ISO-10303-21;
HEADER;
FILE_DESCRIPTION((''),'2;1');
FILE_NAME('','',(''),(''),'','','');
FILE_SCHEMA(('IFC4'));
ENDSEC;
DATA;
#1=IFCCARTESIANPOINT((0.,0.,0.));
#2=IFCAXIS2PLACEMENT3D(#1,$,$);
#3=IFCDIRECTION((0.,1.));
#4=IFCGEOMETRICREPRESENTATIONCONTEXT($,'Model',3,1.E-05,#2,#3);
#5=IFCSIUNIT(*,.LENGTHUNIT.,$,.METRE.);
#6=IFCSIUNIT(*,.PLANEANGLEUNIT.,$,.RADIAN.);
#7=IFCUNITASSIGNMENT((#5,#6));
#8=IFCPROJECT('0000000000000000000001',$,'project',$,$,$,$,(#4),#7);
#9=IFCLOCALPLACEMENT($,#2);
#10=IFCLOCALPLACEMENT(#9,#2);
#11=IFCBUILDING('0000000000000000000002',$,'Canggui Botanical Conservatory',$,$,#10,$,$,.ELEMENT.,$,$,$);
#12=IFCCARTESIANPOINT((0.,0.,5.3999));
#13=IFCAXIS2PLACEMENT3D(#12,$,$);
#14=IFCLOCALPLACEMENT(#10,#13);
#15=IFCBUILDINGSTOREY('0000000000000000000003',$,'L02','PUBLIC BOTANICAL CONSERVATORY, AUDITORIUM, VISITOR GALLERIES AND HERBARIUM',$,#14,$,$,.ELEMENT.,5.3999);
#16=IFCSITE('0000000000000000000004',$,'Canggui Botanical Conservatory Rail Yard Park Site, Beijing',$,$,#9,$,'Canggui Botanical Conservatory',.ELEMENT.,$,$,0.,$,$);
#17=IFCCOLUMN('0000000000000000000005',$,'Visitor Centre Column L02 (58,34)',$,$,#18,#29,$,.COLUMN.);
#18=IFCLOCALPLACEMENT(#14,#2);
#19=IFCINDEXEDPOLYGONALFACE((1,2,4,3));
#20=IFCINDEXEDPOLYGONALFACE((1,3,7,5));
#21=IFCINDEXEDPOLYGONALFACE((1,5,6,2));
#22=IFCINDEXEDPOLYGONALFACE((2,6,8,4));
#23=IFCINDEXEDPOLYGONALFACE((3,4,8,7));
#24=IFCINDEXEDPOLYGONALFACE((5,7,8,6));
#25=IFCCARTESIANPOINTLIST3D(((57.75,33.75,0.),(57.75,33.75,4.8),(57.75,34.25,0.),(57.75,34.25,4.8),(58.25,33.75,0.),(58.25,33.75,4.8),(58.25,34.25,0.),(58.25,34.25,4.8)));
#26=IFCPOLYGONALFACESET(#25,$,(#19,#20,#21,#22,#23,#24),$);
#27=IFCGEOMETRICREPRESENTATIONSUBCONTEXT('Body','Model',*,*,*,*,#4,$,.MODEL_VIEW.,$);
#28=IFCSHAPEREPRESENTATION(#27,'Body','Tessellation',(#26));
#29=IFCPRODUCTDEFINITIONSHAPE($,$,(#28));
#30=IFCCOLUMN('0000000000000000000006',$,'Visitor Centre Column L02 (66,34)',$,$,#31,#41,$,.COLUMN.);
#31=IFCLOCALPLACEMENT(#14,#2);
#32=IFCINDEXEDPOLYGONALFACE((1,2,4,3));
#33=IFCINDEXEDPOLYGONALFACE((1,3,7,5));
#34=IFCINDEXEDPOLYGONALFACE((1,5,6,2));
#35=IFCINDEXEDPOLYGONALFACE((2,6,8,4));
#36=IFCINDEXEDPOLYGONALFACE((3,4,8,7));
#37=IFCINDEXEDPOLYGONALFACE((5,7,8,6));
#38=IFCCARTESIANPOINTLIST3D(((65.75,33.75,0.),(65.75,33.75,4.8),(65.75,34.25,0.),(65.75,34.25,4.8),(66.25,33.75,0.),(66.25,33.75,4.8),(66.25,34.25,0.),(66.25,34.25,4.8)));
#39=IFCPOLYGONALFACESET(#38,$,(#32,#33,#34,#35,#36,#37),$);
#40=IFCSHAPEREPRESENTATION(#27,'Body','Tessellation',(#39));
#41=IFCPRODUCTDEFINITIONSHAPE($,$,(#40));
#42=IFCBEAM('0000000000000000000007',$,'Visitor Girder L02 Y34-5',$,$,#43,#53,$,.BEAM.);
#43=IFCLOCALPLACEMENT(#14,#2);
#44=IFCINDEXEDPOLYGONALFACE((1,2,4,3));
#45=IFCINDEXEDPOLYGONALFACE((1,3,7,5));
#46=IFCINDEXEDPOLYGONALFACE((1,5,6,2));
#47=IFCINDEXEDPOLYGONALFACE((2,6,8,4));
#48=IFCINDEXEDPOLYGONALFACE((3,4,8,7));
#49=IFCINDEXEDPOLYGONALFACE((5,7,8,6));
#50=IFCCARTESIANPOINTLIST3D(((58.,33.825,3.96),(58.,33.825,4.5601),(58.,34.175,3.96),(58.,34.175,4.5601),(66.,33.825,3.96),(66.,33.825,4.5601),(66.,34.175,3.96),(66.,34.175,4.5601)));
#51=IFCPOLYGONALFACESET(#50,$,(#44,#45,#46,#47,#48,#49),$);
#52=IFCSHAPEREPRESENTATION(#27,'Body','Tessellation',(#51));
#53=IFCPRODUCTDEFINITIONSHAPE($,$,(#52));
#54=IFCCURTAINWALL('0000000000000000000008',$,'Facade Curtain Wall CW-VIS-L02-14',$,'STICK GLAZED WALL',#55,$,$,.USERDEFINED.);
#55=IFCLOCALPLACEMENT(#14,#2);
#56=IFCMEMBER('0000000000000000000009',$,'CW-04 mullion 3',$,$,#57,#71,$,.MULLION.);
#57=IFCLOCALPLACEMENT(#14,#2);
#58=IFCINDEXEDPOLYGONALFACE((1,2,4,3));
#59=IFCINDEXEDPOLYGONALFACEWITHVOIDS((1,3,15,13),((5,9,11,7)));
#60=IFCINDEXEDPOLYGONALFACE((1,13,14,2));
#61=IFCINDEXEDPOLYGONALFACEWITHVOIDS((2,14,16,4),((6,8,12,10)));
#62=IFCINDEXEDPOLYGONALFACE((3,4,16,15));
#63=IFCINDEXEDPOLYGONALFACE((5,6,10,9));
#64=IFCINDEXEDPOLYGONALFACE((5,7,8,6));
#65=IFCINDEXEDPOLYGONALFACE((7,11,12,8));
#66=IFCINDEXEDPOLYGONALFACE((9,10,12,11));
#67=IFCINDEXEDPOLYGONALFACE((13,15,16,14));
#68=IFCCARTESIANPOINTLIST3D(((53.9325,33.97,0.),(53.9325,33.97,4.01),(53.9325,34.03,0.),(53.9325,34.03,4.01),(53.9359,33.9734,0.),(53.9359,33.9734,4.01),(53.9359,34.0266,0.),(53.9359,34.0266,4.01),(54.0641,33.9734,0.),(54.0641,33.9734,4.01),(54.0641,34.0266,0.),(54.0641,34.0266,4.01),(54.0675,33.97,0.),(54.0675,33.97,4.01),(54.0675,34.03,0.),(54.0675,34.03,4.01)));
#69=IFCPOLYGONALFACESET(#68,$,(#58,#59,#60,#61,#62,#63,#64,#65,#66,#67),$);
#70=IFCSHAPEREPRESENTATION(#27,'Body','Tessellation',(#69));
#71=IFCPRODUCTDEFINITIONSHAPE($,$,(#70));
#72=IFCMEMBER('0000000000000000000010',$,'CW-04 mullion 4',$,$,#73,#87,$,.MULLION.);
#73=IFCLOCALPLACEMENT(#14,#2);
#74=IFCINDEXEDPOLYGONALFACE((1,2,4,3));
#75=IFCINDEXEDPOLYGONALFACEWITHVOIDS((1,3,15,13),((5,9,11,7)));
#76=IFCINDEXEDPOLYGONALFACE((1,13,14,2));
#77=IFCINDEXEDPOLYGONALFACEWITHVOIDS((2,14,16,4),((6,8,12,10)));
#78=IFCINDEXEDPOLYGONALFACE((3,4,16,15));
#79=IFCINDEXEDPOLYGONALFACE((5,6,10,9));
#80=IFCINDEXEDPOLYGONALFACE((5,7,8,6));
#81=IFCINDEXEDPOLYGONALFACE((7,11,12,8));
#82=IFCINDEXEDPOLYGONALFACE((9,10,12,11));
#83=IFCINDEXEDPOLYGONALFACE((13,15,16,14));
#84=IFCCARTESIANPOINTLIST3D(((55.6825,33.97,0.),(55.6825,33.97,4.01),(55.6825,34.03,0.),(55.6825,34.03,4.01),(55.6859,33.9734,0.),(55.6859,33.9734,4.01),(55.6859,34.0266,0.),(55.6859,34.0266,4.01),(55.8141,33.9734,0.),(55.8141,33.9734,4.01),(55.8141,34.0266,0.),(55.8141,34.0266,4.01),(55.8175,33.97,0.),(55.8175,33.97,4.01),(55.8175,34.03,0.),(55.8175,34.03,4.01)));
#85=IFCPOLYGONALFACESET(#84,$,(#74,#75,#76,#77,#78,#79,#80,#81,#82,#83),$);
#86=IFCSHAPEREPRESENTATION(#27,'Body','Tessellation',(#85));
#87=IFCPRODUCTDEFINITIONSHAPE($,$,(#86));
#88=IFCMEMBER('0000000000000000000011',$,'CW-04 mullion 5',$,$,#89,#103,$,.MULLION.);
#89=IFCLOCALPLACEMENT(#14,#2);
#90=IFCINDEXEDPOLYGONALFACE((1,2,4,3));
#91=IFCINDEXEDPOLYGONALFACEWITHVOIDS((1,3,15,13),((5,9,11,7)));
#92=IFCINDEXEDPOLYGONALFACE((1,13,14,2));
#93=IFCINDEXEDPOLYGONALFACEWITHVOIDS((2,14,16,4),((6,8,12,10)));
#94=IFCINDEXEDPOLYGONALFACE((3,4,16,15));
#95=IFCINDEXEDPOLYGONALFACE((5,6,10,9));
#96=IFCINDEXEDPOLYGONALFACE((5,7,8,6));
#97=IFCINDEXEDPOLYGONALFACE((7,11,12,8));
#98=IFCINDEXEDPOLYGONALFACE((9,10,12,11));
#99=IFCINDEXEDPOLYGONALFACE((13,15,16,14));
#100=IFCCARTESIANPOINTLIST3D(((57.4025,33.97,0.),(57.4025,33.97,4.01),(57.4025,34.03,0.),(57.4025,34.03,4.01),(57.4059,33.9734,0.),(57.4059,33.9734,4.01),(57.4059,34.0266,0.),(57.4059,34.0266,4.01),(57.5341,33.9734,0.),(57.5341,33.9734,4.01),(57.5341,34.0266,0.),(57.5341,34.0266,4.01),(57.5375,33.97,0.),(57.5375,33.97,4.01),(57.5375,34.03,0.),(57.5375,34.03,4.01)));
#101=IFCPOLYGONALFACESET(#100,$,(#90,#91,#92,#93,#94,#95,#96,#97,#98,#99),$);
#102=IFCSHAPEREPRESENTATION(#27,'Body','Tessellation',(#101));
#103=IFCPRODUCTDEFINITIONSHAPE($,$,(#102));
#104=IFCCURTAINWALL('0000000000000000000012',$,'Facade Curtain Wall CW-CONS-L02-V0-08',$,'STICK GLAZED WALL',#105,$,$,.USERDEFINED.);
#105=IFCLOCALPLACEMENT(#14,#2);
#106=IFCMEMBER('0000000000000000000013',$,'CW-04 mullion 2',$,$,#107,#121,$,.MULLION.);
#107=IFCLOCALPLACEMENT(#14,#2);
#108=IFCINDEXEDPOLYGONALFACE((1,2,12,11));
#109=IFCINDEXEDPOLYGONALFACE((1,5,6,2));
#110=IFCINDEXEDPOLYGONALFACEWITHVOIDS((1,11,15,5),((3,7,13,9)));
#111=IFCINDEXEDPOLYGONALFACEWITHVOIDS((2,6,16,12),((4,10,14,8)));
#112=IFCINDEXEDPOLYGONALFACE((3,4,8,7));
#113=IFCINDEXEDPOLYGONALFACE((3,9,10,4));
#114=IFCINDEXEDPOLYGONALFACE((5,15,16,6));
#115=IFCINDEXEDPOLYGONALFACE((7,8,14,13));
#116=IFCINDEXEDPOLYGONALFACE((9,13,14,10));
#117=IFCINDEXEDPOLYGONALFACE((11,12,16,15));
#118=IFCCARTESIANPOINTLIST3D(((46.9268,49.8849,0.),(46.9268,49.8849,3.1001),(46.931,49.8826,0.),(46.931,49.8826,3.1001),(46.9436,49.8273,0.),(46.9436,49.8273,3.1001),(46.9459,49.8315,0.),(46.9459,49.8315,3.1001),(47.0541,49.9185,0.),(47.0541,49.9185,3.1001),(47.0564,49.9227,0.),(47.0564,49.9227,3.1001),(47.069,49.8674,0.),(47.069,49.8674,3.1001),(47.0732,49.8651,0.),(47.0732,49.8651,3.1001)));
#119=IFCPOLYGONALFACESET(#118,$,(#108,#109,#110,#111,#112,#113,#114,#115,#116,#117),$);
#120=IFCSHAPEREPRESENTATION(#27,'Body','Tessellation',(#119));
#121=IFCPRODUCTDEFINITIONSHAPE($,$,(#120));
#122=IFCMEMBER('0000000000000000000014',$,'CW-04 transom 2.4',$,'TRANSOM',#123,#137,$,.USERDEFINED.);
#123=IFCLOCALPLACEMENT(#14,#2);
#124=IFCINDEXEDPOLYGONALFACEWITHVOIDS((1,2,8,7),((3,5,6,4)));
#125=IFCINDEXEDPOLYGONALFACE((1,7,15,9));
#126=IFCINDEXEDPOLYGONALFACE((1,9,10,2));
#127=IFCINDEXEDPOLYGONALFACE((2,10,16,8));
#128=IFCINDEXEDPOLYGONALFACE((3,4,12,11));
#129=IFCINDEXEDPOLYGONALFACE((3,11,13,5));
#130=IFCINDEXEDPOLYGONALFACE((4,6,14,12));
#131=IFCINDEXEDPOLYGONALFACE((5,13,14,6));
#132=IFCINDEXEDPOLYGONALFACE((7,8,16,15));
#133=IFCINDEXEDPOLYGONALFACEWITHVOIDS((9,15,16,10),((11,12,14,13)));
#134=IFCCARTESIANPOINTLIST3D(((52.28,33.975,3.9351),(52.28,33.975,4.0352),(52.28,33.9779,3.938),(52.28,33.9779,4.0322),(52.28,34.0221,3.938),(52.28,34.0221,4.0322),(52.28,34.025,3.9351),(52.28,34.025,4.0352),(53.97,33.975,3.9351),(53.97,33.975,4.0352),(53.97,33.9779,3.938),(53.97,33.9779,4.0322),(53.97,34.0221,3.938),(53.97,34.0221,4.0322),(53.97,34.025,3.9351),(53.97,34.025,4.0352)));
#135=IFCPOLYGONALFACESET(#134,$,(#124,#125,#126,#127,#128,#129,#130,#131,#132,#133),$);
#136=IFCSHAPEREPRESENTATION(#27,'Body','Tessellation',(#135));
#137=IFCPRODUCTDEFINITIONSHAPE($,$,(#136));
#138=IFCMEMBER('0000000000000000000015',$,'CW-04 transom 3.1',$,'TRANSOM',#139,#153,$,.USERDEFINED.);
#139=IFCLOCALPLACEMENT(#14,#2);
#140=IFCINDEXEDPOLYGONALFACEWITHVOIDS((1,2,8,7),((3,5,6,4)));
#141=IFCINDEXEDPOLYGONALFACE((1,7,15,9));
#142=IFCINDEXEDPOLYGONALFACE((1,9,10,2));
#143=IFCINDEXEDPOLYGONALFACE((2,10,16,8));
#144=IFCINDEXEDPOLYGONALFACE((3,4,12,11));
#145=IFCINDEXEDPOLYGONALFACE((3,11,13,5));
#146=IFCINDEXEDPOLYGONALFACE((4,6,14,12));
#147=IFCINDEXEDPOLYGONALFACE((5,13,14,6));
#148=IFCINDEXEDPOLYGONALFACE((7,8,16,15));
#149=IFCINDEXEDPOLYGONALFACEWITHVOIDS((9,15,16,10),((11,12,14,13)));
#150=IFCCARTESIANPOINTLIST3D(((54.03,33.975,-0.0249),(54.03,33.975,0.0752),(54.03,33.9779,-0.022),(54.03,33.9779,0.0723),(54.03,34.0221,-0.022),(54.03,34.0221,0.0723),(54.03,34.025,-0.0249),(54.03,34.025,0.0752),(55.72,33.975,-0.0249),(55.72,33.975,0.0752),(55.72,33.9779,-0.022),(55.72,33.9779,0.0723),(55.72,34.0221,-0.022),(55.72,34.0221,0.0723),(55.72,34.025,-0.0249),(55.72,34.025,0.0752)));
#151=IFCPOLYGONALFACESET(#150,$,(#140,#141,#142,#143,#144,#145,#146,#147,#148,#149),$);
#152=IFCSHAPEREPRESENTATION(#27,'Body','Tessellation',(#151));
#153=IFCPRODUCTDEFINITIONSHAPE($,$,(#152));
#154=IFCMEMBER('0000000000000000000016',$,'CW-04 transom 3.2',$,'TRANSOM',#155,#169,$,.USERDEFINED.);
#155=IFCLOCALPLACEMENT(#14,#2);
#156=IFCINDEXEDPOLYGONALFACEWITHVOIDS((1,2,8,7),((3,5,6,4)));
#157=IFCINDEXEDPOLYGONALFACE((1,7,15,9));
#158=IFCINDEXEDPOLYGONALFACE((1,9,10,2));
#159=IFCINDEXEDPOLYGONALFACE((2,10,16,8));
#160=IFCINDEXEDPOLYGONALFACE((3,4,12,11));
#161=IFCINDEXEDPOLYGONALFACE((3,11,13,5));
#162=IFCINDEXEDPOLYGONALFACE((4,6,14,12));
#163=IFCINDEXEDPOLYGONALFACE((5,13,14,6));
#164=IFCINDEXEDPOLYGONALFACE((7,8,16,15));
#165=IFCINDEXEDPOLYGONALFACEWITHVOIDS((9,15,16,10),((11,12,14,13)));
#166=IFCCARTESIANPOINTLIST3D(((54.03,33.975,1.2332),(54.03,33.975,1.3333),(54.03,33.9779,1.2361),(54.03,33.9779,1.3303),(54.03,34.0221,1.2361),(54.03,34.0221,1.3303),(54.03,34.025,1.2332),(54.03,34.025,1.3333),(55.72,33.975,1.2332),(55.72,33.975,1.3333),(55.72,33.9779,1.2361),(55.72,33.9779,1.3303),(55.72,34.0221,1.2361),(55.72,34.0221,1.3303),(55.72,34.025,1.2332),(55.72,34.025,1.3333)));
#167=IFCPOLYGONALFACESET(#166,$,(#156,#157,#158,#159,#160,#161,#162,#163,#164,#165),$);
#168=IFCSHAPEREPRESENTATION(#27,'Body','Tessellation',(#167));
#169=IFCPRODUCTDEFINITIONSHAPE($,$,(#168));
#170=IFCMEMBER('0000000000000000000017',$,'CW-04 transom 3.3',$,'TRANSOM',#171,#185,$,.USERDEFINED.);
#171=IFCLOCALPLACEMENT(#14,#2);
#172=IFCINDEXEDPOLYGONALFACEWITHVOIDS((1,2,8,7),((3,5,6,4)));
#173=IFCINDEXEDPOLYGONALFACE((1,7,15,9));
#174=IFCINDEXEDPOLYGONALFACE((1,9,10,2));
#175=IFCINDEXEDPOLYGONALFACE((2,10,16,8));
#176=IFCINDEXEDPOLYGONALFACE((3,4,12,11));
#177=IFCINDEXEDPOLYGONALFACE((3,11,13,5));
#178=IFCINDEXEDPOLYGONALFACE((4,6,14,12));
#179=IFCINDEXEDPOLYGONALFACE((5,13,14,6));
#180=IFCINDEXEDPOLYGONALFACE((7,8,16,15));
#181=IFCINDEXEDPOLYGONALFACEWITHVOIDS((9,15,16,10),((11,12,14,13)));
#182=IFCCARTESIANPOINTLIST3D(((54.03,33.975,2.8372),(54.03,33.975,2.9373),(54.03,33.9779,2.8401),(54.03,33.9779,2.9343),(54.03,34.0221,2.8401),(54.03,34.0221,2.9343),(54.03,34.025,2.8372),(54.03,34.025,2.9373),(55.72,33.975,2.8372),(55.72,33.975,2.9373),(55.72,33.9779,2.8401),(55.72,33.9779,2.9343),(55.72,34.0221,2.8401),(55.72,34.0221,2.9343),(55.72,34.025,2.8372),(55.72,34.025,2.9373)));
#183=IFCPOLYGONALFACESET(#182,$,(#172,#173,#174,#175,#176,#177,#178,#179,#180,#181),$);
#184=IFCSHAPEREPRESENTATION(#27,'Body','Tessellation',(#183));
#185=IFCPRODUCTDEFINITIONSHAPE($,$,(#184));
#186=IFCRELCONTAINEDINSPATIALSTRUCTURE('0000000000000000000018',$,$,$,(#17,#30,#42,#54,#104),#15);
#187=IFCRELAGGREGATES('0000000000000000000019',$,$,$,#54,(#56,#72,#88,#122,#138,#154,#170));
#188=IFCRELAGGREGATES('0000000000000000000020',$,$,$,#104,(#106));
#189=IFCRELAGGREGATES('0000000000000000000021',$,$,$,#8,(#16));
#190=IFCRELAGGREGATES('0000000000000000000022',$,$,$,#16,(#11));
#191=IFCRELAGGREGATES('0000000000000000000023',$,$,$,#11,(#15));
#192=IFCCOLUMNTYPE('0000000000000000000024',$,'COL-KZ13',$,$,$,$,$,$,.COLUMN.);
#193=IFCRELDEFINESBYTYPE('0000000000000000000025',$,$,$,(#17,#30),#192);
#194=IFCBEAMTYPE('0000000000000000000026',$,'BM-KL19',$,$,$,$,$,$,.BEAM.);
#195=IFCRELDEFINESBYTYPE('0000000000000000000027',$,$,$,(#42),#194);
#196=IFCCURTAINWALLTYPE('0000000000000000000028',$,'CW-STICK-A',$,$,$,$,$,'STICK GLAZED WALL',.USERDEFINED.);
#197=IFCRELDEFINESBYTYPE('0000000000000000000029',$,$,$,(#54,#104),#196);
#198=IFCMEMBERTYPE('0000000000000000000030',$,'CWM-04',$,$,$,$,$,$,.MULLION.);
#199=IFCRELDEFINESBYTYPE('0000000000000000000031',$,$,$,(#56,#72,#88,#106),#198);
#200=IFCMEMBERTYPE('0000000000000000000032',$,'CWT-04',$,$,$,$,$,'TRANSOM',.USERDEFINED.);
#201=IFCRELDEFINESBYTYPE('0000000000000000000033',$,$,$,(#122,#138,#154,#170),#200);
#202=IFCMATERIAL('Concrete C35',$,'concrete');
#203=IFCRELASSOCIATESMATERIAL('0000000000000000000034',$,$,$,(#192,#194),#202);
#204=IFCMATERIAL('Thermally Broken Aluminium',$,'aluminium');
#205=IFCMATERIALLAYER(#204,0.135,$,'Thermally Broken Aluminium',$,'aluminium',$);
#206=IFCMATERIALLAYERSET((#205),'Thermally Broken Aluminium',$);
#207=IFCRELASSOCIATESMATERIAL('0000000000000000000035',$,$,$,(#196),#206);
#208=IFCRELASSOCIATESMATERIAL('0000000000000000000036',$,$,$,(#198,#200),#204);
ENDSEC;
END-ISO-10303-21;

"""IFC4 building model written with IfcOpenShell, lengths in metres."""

from ifc_helpers import new_model, si_unit, direction, frame, origin, origin_2d, place, context, subcontext, project, spatial, rectangle, hollow_rectangle, extrude, material, layer, layer_set, material_profile, profile_set, type_object, element, aggregate, save


model = new_model("IFC4")

# Units and contexts
model_context = context("Model", 3, precision=1e-05, world=origin(), true_north=direction((0.0, 1.0)))
body_context = subcontext(model_context, "Body", "Model", "MODEL_VIEW")
ifc_project = project(units=[si_unit("LENGTHUNIT", "METRE"), si_unit("PLANEANGLEUNIT", "RADIAN")], contexts=[model_context])

# Site, building, storey
site_placement = place(None, origin())
site = spatial("IfcSite", under=ifc_project, at=site_placement, Name="Canggui Botanical Conservatory Rail Yard Park Site, Beijing", LongName="Canggui Botanical Conservatory", CompositionType="ELEMENT", RefElevation=0.0)
building_placement = place(site_placement, origin())
building = spatial("IfcBuilding", under=site, at=building_placement, Name="Canggui Botanical Conservatory", CompositionType="ELEMENT")
storey_placement = place(building_placement, frame((0.0, 0.0, 5.3999)))
storey = spatial("IfcBuildingStorey", under=building, at=storey_placement, Name="L02", Description="PUBLIC BOTANICAL CONSERVATORY, AUDITORIUM, VISITOR GALLERIES AND HERBARIUM", CompositionType="ELEMENT", Elevation=5.3999)

# Columns
ifc_material_1 = material(Name="Concrete C35", Category="concrete")
ifc_material_profile_1 = material_profile(ifc_material_1, rectangle(XDim=0.5, YDim=0.5, at=origin_2d()), Name="RC 500x500")
ifc_profile_set_1 = profile_set([ifc_material_profile_1], Name="Concrete C35")
column_type = type_object("IfcColumnType", Name="COL-KZ13", PredefinedType="COLUMN", material=ifc_profile_set_1)
for number, where, z_axis, x_axis, name in (
    (1, (58.0, 34.0, 0.0), (0.0, 0.0, 1.0), (1.0, 0.0, 0.0), "Visitor Centre Column L02 (58,34)"),
    (2, (66.0, 34.0, 0.0), (0.0, 0.0, 1.0), (1.0, 0.0, 0.0), "Visitor Centre Column L02 (66,34)"),
):
    element("IfcColumn", number, at=place(storey_placement, frame(where, z_axis=z_axis, x_axis=x_axis)), inside=storey, type_object=column_type, Name=name, PredefinedType="COLUMN", context=body_context, shape_type="SweptSolid", body=[
        extrude(rectangle(XDim=0.5, YDim=0.5, at=origin_2d()), origin(), (0.0, 0.0, 1.0), 4.8),
    ])

# Beam
ifc_material_profile_2 = material_profile(ifc_material_1, rectangle(XDim=0.3501, YDim=0.6001, at=origin_2d()), Name="RB 350x600")
ifc_profile_set_2 = profile_set([ifc_material_profile_2], Name="Concrete C35")
beam_type = type_object("IfcBeamType", Name="BM-KL19", PredefinedType="BEAM", material=ifc_profile_set_2)
beam_placement = place(storey_placement, frame((58.0, 34.0, 4.26), z_axis=(1.0, 0.0, 0.0), x_axis=(0.0, 1.0, 0.0)))
element("IfcBeam", 3, at=beam_placement, inside=storey, type_object=beam_type, Name="Visitor Girder L02 Y34-5", PredefinedType="BEAM", context=body_context, shape_type="SweptSolid", body=[
    extrude(rectangle(XDim=0.3501, YDim=0.6001, at=origin_2d()), origin(), (0.0, 0.0, 1.0), 8.0),
])

# Curtain wall, members
ifc_material_2 = material(Name="Thermally Broken Aluminium", Category="aluminium")
ifc_layer_1 = layer(ifc_material_2, 0.135, Name="Thermally Broken Aluminium", Category="aluminium")
ifc_layer_set_1 = layer_set([ifc_layer_1], Name="Thermally Broken Aluminium")
curtain_wall_type = type_object("IfcCurtainWallType", Name="CW-STICK-A", ElementType="STICK GLAZED WALL", PredefinedType="USERDEFINED", material=ifc_layer_set_1)
curtain_wall_1_placement = place(storey_placement, origin())
curtain_wall_1 = element("IfcCurtainWall", 4, at=curtain_wall_1_placement, inside=storey, type_object=curtain_wall_type, Name="Facade Curtain Wall CW-VIS-L02-14", ObjectType="STICK GLAZED WALL", PredefinedType="USERDEFINED")
ifc_material_profile_3 = material_profile(ifc_material_2, hollow_rectangle(XDim=0.0601, YDim=0.135, WallThickness=0.0034, at=origin_2d()), Name="CWM 60x135x3.5")
ifc_profile_set_3 = profile_set([ifc_material_profile_3], Name="Thermally Broken Aluminium")
member_type_1 = type_object("IfcMemberType", Name="CWM-04", PredefinedType="MULLION", material=ifc_profile_set_3)
member_1_placement = place(storey_placement, frame((54.0, 34.0, 0.0), z_axis=(0.0, 0.0, 1.0), x_axis=(0.0, 1.0, 0.0)))
member_1 = element("IfcMember", 5, at=member_1_placement, type_object=member_type_1, Name="CW-04 mullion 3", PredefinedType="MULLION", context=body_context, shape_type="SweptSolid", body=[
    extrude(hollow_rectangle(XDim=0.0601, YDim=0.135, WallThickness=0.0034, at=origin_2d()), origin(), (0.0, 0.0, 1.0), 4.01),
])
member_2_placement = place(storey_placement, frame((55.75, 34.0, 0.0), z_axis=(0.0, 0.0, 1.0), x_axis=(0.0, 1.0, 0.0)))
member_2 = element("IfcMember", 6, at=member_2_placement, type_object=member_type_1, Name="CW-04 mullion 4", PredefinedType="MULLION", context=body_context, shape_type="SweptSolid", body=[
    extrude(hollow_rectangle(XDim=0.0601, YDim=0.135, WallThickness=0.0034, at=origin_2d()), origin(), (0.0, 0.0, 1.0), 4.01),
])
member_3_placement = place(storey_placement, frame((57.47, 34.0, 0.0), z_axis=(0.0, 0.0, 1.0), x_axis=(0.0, 1.0, 0.0)))
member_3 = element("IfcMember", 7, at=member_3_placement, type_object=member_type_1, Name="CW-04 mullion 5", PredefinedType="MULLION", context=body_context, shape_type="SweptSolid", body=[
    extrude(hollow_rectangle(XDim=0.0601, YDim=0.135, WallThickness=0.0034, at=origin_2d()), origin(), (0.0, 0.0, 1.0), 4.01),
])

# Curtain wall, member
curtain_wall_2_placement = place(storey_placement, origin())
curtain_wall_2 = element("IfcCurtainWall", 8, at=curtain_wall_2_placement, inside=storey, type_object=curtain_wall_type, Name="Facade Curtain Wall CW-CONS-L02-V0-08", ObjectType="STICK GLAZED WALL", PredefinedType="USERDEFINED")
member_4_placement = place(storey_placement, frame((47.0, 49.875, 0.0), z_axis=(0.0, 0.0, 1.0), x_axis=(0.28, -0.96, 0.0)))
member_4 = element("IfcMember", 9, at=member_4_placement, type_object=member_type_1, Name="CW-04 mullion 2", PredefinedType="MULLION", context=body_context, shape_type="SweptSolid", body=[
    extrude(hollow_rectangle(XDim=0.0601, YDim=0.135, WallThickness=0.0034, at=origin_2d()), origin(), (0.0, 0.0, 1.0), 3.1001),
])

# Members
ifc_material_profile_4 = material_profile(ifc_material_2, hollow_rectangle(XDim=0.05, YDim=0.1001, WallThickness=0.0029, at=origin_2d()), Name="CWT 50x100x3")
ifc_profile_set_4 = profile_set([ifc_material_profile_4], Name="Thermally Broken Aluminium")
member_type_2 = type_object("IfcMemberType", Name="CWT-04", ElementType="TRANSOM", PredefinedType="USERDEFINED", material=ifc_profile_set_4)
member_5_placement = place(storey_placement, frame((52.28, 34.0, 3.9851), z_axis=(1.0, 0.0, 0.0), x_axis=(0.0, 1.0, 0.0)))
member_5 = element("IfcMember", 10, at=member_5_placement, type_object=member_type_2, Name="CW-04 transom 2.4", ObjectType="TRANSOM", PredefinedType="USERDEFINED", context=body_context, shape_type="SweptSolid", body=[
    extrude(hollow_rectangle(XDim=0.05, YDim=0.1001, WallThickness=0.0029, at=origin_2d()), origin(), (0.0, 0.0, 1.0), 1.6899),
])
member_6_placement = place(storey_placement, frame((54.03, 34.0, 0.0251), z_axis=(1.0, 0.0, 0.0), x_axis=(0.0, 1.0, 0.0)))
member_6 = element("IfcMember", 11, at=member_6_placement, type_object=member_type_2, Name="CW-04 transom 3.1", ObjectType="TRANSOM", PredefinedType="USERDEFINED", context=body_context, shape_type="SweptSolid", body=[
    extrude(hollow_rectangle(XDim=0.05, YDim=0.1001, WallThickness=0.0029, at=origin_2d()), origin(), (0.0, 0.0, 1.0), 1.6899),
])
member_7_placement = place(storey_placement, frame((54.03, 34.0, 1.2832), z_axis=(1.0, 0.0, 0.0), x_axis=(0.0, 1.0, 0.0)))
member_7 = element("IfcMember", 12, at=member_7_placement, type_object=member_type_2, Name="CW-04 transom 3.2", ObjectType="TRANSOM", PredefinedType="USERDEFINED", context=body_context, shape_type="SweptSolid", body=[
    extrude(hollow_rectangle(XDim=0.05, YDim=0.1001, WallThickness=0.0029, at=origin_2d()), origin(), (0.0, 0.0, 1.0), 1.6899),
])
member_8_placement = place(storey_placement, frame((54.03, 34.0, 2.8872), z_axis=(1.0, 0.0, 0.0), x_axis=(0.0, 1.0, 0.0)))
member_8 = element("IfcMember", 13, at=member_8_placement, type_object=member_type_2, Name="CW-04 transom 3.3", ObjectType="TRANSOM", PredefinedType="USERDEFINED", context=body_context, shape_type="SweptSolid", body=[
    extrude(hollow_rectangle(XDim=0.05, YDim=0.1001, WallThickness=0.0029, at=origin_2d()), origin(), (0.0, 0.0, 1.0), 1.6899),
])

aggregate(curtain_wall_1, [member_1, member_2, member_3, member_5, member_6, member_7, member_8])
aggregate(curtain_wall_2, [member_4])

save(model, "model.ifc")
